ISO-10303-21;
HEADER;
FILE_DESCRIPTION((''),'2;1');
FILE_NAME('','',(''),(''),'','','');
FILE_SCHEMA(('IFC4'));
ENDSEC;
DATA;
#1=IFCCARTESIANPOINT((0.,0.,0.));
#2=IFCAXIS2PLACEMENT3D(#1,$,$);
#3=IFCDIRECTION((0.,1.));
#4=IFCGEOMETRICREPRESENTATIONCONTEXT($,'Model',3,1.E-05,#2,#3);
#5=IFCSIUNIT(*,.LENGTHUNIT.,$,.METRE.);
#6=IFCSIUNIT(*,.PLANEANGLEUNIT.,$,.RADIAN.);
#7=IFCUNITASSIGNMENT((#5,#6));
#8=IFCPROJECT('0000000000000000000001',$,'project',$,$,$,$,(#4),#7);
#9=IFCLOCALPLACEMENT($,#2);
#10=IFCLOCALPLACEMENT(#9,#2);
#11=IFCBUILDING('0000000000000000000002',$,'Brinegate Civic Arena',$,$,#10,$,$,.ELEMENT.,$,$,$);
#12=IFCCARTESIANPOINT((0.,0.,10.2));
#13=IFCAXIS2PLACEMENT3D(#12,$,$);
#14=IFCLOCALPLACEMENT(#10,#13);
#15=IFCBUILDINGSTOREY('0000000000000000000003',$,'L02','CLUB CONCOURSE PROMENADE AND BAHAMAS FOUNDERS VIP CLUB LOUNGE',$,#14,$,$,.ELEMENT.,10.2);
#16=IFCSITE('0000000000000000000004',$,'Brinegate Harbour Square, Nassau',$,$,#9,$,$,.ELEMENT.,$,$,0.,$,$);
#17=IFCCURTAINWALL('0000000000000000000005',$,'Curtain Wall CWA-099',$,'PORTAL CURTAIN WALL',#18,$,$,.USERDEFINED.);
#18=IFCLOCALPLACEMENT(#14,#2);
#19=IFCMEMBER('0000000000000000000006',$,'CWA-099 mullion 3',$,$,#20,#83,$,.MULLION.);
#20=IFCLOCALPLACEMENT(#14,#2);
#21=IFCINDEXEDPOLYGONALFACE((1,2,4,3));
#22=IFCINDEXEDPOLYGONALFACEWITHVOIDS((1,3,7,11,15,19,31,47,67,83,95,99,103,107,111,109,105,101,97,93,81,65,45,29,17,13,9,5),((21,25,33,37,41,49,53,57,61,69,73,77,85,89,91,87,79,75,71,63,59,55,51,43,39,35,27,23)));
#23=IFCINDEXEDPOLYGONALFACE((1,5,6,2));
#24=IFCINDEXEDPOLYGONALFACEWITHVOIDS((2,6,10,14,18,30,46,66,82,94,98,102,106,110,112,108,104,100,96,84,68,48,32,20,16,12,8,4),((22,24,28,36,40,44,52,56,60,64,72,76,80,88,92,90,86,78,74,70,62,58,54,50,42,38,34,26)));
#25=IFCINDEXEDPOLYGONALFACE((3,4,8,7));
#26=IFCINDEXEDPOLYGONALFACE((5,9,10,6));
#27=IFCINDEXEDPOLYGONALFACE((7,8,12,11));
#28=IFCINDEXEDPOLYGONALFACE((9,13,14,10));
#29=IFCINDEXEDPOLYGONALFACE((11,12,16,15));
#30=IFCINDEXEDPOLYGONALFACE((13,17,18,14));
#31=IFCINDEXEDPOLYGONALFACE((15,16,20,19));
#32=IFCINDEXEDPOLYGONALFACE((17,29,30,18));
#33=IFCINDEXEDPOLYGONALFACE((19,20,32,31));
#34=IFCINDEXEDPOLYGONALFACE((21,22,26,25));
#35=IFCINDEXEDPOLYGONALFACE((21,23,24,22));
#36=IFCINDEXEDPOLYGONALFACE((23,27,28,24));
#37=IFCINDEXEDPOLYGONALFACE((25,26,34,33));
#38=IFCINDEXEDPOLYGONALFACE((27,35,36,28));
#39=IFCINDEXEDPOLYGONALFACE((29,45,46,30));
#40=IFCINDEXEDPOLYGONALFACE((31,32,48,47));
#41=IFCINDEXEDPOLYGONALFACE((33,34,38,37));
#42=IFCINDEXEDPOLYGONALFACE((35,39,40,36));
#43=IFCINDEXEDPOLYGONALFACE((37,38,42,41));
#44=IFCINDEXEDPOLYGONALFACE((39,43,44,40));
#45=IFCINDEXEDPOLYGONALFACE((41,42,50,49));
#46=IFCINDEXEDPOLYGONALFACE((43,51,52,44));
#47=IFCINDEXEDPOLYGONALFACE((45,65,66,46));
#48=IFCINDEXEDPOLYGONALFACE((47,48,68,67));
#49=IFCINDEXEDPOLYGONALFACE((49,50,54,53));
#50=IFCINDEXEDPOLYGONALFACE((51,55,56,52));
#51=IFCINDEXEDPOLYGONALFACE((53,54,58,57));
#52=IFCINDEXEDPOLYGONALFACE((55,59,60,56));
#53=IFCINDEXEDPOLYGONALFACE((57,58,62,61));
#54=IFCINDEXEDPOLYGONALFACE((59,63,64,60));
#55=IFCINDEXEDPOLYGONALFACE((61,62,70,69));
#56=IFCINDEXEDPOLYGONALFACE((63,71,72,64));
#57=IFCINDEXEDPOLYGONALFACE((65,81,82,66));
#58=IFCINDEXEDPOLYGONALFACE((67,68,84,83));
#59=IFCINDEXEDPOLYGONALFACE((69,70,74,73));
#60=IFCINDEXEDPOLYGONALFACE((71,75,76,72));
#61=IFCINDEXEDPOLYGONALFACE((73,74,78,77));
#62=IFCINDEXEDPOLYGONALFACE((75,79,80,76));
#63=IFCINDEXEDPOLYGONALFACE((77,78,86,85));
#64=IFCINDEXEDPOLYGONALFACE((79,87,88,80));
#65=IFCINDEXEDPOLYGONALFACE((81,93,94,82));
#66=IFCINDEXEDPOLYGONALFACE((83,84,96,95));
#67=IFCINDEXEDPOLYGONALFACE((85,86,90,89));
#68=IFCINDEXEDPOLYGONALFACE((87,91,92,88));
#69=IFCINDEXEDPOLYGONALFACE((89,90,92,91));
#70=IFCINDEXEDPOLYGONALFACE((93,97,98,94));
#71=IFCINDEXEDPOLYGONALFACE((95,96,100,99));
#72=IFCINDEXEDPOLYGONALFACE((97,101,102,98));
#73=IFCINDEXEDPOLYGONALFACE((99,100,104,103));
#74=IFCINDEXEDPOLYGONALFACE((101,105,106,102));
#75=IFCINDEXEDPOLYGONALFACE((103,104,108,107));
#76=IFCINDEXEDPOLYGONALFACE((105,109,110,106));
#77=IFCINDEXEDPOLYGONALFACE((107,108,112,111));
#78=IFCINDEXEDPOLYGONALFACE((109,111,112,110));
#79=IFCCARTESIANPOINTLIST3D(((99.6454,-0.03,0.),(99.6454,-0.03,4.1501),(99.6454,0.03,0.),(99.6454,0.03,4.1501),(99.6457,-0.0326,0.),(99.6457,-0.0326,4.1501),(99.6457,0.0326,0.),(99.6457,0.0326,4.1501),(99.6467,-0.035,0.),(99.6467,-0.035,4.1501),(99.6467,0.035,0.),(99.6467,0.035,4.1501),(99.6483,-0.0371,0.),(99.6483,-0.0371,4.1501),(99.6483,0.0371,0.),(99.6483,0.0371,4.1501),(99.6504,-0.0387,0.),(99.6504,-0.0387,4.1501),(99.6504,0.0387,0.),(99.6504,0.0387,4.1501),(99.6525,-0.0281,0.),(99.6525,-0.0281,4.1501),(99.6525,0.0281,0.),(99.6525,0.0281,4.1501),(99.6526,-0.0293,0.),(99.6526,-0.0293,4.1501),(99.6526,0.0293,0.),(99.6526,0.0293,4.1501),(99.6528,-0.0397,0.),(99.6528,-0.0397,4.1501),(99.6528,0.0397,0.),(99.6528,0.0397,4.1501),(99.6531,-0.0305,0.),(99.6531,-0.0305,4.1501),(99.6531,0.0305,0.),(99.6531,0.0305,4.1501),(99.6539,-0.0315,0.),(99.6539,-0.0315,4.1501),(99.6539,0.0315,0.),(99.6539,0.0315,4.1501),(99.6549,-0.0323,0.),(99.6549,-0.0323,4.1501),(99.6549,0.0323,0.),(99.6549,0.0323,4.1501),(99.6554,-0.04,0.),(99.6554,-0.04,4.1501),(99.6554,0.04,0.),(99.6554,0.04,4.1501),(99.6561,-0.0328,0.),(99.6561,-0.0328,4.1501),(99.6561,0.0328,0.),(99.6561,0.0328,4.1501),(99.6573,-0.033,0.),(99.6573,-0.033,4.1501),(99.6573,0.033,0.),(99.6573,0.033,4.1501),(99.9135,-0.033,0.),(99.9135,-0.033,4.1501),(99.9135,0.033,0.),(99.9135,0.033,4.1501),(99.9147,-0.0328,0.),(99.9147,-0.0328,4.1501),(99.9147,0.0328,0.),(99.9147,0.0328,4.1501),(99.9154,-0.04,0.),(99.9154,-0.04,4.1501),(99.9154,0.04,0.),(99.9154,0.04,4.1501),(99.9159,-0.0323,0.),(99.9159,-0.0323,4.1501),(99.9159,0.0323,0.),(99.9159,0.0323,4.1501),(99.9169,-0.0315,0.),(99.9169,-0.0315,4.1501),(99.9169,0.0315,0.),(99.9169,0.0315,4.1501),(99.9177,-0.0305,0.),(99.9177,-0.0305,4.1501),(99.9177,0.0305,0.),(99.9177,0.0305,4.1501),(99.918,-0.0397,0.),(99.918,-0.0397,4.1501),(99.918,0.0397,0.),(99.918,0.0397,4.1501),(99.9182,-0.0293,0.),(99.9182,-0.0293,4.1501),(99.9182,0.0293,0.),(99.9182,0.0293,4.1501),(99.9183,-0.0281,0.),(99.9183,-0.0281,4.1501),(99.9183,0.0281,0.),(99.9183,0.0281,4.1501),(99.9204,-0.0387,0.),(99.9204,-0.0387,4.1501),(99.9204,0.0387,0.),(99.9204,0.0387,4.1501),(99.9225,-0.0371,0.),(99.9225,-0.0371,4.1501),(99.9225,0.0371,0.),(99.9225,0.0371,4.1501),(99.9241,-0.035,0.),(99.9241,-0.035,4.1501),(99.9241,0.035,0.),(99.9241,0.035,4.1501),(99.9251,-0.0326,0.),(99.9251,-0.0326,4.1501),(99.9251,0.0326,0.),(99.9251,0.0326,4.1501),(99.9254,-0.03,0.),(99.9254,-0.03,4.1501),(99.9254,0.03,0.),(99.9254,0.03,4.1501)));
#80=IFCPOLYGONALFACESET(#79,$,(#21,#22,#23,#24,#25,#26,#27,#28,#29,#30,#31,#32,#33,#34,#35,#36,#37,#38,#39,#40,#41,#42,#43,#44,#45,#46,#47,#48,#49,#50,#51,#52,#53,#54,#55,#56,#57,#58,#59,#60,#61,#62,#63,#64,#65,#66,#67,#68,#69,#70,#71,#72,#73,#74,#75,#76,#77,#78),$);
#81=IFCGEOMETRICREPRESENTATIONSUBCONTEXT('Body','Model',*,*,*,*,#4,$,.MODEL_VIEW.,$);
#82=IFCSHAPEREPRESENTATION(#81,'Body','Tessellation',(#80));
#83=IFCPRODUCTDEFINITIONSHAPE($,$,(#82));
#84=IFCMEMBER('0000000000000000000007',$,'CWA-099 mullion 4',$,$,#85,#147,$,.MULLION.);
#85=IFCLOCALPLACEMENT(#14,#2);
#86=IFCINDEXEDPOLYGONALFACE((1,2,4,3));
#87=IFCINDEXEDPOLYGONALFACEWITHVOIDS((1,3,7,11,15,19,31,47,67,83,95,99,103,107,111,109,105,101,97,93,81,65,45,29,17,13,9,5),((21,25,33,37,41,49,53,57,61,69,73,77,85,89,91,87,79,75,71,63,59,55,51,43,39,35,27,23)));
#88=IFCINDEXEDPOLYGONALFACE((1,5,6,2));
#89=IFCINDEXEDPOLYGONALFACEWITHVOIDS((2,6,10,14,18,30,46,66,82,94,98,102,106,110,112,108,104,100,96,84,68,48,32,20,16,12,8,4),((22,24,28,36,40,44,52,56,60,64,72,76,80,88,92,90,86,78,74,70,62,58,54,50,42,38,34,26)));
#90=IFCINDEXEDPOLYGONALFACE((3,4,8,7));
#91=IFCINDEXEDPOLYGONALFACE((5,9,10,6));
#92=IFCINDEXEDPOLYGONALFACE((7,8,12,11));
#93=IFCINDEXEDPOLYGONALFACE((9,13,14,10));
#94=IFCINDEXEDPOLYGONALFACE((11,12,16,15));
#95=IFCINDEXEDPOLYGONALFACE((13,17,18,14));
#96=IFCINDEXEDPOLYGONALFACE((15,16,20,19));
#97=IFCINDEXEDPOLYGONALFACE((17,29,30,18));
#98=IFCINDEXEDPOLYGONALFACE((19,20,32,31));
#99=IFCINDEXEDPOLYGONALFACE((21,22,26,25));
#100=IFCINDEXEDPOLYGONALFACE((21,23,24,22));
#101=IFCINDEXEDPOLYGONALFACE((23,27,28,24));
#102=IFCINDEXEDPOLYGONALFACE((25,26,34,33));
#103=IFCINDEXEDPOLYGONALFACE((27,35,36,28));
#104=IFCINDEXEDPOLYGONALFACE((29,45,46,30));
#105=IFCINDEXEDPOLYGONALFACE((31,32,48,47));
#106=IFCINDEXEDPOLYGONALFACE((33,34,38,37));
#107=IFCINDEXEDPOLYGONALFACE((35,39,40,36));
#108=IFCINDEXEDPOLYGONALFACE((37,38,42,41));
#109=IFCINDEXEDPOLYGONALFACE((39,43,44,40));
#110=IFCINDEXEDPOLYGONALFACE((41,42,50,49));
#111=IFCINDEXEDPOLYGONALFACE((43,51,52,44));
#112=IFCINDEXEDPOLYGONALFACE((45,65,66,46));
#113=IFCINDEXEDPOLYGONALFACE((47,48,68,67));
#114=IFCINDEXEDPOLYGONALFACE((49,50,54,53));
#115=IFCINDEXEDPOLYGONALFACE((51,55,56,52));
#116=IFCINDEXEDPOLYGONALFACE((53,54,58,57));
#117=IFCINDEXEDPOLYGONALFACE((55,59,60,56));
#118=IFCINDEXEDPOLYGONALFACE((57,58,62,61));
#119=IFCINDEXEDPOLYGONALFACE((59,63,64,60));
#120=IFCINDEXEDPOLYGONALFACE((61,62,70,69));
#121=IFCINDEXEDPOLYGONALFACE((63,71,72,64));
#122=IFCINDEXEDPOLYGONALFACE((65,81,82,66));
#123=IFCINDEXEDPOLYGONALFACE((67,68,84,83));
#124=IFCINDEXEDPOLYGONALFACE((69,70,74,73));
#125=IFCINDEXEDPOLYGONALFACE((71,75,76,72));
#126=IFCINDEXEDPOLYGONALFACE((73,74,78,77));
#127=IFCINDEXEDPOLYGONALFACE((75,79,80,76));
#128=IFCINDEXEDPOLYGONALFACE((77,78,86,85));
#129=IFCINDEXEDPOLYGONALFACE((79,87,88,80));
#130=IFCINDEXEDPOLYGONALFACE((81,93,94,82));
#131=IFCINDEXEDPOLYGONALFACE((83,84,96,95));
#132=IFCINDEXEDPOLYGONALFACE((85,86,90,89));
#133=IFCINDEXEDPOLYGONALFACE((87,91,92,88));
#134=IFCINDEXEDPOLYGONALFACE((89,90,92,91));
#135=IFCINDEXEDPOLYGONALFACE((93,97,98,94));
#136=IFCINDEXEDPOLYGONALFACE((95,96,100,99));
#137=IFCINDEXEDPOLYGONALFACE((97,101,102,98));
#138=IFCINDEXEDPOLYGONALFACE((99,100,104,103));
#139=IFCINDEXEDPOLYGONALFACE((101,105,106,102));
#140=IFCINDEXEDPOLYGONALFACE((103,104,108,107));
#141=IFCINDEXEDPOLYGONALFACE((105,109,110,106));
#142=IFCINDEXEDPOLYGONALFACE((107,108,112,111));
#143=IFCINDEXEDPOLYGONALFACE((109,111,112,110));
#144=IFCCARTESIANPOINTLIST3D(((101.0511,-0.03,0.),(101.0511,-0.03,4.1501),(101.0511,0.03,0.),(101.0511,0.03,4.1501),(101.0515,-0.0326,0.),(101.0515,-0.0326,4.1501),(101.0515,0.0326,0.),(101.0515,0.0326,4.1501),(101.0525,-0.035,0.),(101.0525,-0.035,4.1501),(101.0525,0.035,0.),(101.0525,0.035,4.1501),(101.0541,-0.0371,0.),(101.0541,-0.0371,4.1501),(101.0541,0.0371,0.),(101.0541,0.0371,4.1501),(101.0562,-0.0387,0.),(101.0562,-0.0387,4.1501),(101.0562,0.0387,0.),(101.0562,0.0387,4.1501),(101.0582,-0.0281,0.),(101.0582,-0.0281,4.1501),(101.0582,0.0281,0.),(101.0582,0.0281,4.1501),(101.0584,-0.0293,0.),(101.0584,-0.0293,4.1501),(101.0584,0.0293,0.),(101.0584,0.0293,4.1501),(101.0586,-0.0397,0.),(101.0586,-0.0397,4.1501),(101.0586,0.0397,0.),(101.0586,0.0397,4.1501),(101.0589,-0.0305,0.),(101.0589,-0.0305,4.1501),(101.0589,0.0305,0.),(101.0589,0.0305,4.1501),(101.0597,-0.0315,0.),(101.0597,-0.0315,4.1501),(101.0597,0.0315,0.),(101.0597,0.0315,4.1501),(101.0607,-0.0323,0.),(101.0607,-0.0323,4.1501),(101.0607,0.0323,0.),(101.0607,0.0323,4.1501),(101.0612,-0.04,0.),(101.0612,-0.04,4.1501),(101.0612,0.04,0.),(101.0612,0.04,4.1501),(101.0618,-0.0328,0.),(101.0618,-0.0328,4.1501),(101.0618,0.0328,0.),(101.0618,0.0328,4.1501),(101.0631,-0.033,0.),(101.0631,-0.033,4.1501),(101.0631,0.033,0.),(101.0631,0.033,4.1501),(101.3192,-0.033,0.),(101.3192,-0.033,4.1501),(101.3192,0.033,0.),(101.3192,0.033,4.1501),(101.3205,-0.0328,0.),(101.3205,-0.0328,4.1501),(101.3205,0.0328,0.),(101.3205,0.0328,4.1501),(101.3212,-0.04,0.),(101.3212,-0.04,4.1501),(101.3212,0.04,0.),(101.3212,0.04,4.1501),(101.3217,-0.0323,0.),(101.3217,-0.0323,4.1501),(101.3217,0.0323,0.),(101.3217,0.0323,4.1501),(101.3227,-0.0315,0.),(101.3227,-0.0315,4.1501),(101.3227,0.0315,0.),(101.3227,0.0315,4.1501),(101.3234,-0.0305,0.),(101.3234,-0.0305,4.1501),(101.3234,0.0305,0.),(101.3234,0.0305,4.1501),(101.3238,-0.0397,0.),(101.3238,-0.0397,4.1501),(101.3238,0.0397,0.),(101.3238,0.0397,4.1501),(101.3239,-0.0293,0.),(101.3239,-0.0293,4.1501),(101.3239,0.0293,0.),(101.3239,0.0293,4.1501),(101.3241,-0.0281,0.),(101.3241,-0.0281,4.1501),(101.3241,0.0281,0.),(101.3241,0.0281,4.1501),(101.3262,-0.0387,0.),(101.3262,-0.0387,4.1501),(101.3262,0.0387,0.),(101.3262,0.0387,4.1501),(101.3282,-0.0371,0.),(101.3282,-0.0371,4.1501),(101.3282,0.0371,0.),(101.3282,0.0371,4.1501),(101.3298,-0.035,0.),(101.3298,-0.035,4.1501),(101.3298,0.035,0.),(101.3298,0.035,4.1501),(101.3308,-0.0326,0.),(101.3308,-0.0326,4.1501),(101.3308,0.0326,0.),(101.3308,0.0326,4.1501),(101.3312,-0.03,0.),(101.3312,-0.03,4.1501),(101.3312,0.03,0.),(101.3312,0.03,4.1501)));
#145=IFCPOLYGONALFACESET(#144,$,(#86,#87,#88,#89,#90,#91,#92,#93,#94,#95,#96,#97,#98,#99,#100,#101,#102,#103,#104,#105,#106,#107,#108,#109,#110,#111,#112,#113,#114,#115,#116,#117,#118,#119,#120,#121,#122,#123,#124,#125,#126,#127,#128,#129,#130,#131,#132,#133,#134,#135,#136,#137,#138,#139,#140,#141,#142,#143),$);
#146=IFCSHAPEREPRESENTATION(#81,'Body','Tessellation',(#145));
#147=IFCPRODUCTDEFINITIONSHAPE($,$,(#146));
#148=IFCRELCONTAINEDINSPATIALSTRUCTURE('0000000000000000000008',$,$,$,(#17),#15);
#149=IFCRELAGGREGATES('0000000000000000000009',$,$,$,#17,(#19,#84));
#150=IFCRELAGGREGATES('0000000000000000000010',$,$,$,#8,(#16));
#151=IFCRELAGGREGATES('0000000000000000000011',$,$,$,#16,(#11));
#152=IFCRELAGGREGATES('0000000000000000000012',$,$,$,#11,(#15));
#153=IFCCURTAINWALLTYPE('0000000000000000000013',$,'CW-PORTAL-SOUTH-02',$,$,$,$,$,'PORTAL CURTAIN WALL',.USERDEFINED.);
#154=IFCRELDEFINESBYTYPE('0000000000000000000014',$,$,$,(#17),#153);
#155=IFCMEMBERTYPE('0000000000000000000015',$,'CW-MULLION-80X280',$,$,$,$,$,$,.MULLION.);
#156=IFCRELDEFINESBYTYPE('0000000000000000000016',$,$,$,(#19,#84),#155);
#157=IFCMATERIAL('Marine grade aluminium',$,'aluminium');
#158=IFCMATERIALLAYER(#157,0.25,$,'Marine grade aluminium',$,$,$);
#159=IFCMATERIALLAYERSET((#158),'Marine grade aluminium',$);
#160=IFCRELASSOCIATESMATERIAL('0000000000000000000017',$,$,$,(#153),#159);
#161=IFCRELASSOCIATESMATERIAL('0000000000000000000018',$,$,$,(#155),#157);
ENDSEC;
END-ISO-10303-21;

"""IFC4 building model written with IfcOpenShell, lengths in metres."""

from ifc_helpers import new_model, si_unit, direction, frame, origin, origin_2d, place, context, subcontext, project, spatial, hollow_rectangle, extrude, material, layer, layer_set, material_profile, profile_set, type_object, element, aggregate, save


model = new_model("IFC4")

# Units and contexts
model_context = context("Model", 3, precision=1e-05, world=origin(), true_north=direction((0.0, 1.0)))
body_context = subcontext(model_context, "Body", "Model", "MODEL_VIEW")
ifc_project = project(units=[si_unit("LENGTHUNIT", "METRE"), si_unit("PLANEANGLEUNIT", "RADIAN")], contexts=[model_context])

# Site, building, storey
site_placement = place(None, origin())
site = spatial("IfcSite", under=ifc_project, at=site_placement, Name="Brinegate Harbour Square, Nassau", CompositionType="ELEMENT", RefElevation=0.0)
building_placement = place(site_placement, origin())
building = spatial("IfcBuilding", under=site, at=building_placement, Name="Brinegate Civic Arena", CompositionType="ELEMENT")
storey_placement = place(building_placement, frame((0.0, 0.0, 10.2)))
storey = spatial("IfcBuildingStorey", under=building, at=storey_placement, Name="L02", Description="CLUB CONCOURSE PROMENADE AND BAHAMAS FOUNDERS VIP CLUB LOUNGE", CompositionType="ELEMENT", Elevation=10.2)

# Shared definitions
ifc_material_1 = material(Name="Marine grade aluminium", Category="aluminium")
ifc_layer_1 = layer(ifc_material_1, 0.25, Name="Marine grade aluminium")
ifc_layer_set_1 = layer_set([ifc_layer_1], Name="Marine grade aluminium")
curtain_wall_type = type_object("IfcCurtainWallType", Name="CW-PORTAL-SOUTH-02", ElementType="PORTAL CURTAIN WALL", PredefinedType="USERDEFINED", material=ifc_layer_set_1)

# Curtain wall, members
curtain_wall_1_placement = place(storey_placement, origin())
curtain_wall_1 = element("IfcCurtainWall", 1, at=curtain_wall_1_placement, inside=storey, type_object=curtain_wall_type, Name="Curtain Wall CWA-099", ObjectType="PORTAL CURTAIN WALL", PredefinedType="USERDEFINED")
ifc_material_profile_1 = material_profile(ifc_material_1, hollow_rectangle(XDim=0.0801, YDim=0.28, WallThickness=0.0071, InnerFilletRadius=0.0049, OuterFilletRadius=0.01, at=origin_2d()), Name="MUL80X280")
ifc_profile_set_1 = profile_set([ifc_material_profile_1], Name="Marine grade aluminium")
member_type_1 = type_object("IfcMemberType", Name="CW-MULLION-80X280", PredefinedType="MULLION", material=ifc_profile_set_1)
member_1_placement = place(storey_placement, frame((99.7854, 0.0, 0.0), z_axis=(0.0, 0.0, 1.0), x_axis=(0.0, 1.0, 0.0)))
member_1 = element("IfcMember", 2, at=member_1_placement, type_object=member_type_1, Name="CWA-099 mullion 3", PredefinedType="MULLION", context=body_context, shape_type="SweptSolid", body=[
    extrude(hollow_rectangle(XDim=0.0801, YDim=0.28, WallThickness=0.0071, InnerFilletRadius=0.0049, OuterFilletRadius=0.01, at=origin_2d()), origin(), (0.0, 0.0, 1.0), 4.1501),
])
member_2_placement = place(storey_placement, frame((101.1912, 0.0, 0.0), z_axis=(0.0, 0.0, 1.0), x_axis=(0.0, 1.0, 0.0)))
member_2 = element("IfcMember", 3, at=member_2_placement, type_object=member_type_1, Name="CWA-099 mullion 4", PredefinedType="MULLION", context=body_context, shape_type="SweptSolid", body=[
    extrude(hollow_rectangle(XDim=0.0801, YDim=0.28, WallThickness=0.0071, InnerFilletRadius=0.0049, OuterFilletRadius=0.01, at=origin_2d()), origin(), (0.0, 0.0, 1.0), 4.1501),
])

aggregate(curtain_wall_1, [member_1, member_2])

save(model, "model.ifc")
